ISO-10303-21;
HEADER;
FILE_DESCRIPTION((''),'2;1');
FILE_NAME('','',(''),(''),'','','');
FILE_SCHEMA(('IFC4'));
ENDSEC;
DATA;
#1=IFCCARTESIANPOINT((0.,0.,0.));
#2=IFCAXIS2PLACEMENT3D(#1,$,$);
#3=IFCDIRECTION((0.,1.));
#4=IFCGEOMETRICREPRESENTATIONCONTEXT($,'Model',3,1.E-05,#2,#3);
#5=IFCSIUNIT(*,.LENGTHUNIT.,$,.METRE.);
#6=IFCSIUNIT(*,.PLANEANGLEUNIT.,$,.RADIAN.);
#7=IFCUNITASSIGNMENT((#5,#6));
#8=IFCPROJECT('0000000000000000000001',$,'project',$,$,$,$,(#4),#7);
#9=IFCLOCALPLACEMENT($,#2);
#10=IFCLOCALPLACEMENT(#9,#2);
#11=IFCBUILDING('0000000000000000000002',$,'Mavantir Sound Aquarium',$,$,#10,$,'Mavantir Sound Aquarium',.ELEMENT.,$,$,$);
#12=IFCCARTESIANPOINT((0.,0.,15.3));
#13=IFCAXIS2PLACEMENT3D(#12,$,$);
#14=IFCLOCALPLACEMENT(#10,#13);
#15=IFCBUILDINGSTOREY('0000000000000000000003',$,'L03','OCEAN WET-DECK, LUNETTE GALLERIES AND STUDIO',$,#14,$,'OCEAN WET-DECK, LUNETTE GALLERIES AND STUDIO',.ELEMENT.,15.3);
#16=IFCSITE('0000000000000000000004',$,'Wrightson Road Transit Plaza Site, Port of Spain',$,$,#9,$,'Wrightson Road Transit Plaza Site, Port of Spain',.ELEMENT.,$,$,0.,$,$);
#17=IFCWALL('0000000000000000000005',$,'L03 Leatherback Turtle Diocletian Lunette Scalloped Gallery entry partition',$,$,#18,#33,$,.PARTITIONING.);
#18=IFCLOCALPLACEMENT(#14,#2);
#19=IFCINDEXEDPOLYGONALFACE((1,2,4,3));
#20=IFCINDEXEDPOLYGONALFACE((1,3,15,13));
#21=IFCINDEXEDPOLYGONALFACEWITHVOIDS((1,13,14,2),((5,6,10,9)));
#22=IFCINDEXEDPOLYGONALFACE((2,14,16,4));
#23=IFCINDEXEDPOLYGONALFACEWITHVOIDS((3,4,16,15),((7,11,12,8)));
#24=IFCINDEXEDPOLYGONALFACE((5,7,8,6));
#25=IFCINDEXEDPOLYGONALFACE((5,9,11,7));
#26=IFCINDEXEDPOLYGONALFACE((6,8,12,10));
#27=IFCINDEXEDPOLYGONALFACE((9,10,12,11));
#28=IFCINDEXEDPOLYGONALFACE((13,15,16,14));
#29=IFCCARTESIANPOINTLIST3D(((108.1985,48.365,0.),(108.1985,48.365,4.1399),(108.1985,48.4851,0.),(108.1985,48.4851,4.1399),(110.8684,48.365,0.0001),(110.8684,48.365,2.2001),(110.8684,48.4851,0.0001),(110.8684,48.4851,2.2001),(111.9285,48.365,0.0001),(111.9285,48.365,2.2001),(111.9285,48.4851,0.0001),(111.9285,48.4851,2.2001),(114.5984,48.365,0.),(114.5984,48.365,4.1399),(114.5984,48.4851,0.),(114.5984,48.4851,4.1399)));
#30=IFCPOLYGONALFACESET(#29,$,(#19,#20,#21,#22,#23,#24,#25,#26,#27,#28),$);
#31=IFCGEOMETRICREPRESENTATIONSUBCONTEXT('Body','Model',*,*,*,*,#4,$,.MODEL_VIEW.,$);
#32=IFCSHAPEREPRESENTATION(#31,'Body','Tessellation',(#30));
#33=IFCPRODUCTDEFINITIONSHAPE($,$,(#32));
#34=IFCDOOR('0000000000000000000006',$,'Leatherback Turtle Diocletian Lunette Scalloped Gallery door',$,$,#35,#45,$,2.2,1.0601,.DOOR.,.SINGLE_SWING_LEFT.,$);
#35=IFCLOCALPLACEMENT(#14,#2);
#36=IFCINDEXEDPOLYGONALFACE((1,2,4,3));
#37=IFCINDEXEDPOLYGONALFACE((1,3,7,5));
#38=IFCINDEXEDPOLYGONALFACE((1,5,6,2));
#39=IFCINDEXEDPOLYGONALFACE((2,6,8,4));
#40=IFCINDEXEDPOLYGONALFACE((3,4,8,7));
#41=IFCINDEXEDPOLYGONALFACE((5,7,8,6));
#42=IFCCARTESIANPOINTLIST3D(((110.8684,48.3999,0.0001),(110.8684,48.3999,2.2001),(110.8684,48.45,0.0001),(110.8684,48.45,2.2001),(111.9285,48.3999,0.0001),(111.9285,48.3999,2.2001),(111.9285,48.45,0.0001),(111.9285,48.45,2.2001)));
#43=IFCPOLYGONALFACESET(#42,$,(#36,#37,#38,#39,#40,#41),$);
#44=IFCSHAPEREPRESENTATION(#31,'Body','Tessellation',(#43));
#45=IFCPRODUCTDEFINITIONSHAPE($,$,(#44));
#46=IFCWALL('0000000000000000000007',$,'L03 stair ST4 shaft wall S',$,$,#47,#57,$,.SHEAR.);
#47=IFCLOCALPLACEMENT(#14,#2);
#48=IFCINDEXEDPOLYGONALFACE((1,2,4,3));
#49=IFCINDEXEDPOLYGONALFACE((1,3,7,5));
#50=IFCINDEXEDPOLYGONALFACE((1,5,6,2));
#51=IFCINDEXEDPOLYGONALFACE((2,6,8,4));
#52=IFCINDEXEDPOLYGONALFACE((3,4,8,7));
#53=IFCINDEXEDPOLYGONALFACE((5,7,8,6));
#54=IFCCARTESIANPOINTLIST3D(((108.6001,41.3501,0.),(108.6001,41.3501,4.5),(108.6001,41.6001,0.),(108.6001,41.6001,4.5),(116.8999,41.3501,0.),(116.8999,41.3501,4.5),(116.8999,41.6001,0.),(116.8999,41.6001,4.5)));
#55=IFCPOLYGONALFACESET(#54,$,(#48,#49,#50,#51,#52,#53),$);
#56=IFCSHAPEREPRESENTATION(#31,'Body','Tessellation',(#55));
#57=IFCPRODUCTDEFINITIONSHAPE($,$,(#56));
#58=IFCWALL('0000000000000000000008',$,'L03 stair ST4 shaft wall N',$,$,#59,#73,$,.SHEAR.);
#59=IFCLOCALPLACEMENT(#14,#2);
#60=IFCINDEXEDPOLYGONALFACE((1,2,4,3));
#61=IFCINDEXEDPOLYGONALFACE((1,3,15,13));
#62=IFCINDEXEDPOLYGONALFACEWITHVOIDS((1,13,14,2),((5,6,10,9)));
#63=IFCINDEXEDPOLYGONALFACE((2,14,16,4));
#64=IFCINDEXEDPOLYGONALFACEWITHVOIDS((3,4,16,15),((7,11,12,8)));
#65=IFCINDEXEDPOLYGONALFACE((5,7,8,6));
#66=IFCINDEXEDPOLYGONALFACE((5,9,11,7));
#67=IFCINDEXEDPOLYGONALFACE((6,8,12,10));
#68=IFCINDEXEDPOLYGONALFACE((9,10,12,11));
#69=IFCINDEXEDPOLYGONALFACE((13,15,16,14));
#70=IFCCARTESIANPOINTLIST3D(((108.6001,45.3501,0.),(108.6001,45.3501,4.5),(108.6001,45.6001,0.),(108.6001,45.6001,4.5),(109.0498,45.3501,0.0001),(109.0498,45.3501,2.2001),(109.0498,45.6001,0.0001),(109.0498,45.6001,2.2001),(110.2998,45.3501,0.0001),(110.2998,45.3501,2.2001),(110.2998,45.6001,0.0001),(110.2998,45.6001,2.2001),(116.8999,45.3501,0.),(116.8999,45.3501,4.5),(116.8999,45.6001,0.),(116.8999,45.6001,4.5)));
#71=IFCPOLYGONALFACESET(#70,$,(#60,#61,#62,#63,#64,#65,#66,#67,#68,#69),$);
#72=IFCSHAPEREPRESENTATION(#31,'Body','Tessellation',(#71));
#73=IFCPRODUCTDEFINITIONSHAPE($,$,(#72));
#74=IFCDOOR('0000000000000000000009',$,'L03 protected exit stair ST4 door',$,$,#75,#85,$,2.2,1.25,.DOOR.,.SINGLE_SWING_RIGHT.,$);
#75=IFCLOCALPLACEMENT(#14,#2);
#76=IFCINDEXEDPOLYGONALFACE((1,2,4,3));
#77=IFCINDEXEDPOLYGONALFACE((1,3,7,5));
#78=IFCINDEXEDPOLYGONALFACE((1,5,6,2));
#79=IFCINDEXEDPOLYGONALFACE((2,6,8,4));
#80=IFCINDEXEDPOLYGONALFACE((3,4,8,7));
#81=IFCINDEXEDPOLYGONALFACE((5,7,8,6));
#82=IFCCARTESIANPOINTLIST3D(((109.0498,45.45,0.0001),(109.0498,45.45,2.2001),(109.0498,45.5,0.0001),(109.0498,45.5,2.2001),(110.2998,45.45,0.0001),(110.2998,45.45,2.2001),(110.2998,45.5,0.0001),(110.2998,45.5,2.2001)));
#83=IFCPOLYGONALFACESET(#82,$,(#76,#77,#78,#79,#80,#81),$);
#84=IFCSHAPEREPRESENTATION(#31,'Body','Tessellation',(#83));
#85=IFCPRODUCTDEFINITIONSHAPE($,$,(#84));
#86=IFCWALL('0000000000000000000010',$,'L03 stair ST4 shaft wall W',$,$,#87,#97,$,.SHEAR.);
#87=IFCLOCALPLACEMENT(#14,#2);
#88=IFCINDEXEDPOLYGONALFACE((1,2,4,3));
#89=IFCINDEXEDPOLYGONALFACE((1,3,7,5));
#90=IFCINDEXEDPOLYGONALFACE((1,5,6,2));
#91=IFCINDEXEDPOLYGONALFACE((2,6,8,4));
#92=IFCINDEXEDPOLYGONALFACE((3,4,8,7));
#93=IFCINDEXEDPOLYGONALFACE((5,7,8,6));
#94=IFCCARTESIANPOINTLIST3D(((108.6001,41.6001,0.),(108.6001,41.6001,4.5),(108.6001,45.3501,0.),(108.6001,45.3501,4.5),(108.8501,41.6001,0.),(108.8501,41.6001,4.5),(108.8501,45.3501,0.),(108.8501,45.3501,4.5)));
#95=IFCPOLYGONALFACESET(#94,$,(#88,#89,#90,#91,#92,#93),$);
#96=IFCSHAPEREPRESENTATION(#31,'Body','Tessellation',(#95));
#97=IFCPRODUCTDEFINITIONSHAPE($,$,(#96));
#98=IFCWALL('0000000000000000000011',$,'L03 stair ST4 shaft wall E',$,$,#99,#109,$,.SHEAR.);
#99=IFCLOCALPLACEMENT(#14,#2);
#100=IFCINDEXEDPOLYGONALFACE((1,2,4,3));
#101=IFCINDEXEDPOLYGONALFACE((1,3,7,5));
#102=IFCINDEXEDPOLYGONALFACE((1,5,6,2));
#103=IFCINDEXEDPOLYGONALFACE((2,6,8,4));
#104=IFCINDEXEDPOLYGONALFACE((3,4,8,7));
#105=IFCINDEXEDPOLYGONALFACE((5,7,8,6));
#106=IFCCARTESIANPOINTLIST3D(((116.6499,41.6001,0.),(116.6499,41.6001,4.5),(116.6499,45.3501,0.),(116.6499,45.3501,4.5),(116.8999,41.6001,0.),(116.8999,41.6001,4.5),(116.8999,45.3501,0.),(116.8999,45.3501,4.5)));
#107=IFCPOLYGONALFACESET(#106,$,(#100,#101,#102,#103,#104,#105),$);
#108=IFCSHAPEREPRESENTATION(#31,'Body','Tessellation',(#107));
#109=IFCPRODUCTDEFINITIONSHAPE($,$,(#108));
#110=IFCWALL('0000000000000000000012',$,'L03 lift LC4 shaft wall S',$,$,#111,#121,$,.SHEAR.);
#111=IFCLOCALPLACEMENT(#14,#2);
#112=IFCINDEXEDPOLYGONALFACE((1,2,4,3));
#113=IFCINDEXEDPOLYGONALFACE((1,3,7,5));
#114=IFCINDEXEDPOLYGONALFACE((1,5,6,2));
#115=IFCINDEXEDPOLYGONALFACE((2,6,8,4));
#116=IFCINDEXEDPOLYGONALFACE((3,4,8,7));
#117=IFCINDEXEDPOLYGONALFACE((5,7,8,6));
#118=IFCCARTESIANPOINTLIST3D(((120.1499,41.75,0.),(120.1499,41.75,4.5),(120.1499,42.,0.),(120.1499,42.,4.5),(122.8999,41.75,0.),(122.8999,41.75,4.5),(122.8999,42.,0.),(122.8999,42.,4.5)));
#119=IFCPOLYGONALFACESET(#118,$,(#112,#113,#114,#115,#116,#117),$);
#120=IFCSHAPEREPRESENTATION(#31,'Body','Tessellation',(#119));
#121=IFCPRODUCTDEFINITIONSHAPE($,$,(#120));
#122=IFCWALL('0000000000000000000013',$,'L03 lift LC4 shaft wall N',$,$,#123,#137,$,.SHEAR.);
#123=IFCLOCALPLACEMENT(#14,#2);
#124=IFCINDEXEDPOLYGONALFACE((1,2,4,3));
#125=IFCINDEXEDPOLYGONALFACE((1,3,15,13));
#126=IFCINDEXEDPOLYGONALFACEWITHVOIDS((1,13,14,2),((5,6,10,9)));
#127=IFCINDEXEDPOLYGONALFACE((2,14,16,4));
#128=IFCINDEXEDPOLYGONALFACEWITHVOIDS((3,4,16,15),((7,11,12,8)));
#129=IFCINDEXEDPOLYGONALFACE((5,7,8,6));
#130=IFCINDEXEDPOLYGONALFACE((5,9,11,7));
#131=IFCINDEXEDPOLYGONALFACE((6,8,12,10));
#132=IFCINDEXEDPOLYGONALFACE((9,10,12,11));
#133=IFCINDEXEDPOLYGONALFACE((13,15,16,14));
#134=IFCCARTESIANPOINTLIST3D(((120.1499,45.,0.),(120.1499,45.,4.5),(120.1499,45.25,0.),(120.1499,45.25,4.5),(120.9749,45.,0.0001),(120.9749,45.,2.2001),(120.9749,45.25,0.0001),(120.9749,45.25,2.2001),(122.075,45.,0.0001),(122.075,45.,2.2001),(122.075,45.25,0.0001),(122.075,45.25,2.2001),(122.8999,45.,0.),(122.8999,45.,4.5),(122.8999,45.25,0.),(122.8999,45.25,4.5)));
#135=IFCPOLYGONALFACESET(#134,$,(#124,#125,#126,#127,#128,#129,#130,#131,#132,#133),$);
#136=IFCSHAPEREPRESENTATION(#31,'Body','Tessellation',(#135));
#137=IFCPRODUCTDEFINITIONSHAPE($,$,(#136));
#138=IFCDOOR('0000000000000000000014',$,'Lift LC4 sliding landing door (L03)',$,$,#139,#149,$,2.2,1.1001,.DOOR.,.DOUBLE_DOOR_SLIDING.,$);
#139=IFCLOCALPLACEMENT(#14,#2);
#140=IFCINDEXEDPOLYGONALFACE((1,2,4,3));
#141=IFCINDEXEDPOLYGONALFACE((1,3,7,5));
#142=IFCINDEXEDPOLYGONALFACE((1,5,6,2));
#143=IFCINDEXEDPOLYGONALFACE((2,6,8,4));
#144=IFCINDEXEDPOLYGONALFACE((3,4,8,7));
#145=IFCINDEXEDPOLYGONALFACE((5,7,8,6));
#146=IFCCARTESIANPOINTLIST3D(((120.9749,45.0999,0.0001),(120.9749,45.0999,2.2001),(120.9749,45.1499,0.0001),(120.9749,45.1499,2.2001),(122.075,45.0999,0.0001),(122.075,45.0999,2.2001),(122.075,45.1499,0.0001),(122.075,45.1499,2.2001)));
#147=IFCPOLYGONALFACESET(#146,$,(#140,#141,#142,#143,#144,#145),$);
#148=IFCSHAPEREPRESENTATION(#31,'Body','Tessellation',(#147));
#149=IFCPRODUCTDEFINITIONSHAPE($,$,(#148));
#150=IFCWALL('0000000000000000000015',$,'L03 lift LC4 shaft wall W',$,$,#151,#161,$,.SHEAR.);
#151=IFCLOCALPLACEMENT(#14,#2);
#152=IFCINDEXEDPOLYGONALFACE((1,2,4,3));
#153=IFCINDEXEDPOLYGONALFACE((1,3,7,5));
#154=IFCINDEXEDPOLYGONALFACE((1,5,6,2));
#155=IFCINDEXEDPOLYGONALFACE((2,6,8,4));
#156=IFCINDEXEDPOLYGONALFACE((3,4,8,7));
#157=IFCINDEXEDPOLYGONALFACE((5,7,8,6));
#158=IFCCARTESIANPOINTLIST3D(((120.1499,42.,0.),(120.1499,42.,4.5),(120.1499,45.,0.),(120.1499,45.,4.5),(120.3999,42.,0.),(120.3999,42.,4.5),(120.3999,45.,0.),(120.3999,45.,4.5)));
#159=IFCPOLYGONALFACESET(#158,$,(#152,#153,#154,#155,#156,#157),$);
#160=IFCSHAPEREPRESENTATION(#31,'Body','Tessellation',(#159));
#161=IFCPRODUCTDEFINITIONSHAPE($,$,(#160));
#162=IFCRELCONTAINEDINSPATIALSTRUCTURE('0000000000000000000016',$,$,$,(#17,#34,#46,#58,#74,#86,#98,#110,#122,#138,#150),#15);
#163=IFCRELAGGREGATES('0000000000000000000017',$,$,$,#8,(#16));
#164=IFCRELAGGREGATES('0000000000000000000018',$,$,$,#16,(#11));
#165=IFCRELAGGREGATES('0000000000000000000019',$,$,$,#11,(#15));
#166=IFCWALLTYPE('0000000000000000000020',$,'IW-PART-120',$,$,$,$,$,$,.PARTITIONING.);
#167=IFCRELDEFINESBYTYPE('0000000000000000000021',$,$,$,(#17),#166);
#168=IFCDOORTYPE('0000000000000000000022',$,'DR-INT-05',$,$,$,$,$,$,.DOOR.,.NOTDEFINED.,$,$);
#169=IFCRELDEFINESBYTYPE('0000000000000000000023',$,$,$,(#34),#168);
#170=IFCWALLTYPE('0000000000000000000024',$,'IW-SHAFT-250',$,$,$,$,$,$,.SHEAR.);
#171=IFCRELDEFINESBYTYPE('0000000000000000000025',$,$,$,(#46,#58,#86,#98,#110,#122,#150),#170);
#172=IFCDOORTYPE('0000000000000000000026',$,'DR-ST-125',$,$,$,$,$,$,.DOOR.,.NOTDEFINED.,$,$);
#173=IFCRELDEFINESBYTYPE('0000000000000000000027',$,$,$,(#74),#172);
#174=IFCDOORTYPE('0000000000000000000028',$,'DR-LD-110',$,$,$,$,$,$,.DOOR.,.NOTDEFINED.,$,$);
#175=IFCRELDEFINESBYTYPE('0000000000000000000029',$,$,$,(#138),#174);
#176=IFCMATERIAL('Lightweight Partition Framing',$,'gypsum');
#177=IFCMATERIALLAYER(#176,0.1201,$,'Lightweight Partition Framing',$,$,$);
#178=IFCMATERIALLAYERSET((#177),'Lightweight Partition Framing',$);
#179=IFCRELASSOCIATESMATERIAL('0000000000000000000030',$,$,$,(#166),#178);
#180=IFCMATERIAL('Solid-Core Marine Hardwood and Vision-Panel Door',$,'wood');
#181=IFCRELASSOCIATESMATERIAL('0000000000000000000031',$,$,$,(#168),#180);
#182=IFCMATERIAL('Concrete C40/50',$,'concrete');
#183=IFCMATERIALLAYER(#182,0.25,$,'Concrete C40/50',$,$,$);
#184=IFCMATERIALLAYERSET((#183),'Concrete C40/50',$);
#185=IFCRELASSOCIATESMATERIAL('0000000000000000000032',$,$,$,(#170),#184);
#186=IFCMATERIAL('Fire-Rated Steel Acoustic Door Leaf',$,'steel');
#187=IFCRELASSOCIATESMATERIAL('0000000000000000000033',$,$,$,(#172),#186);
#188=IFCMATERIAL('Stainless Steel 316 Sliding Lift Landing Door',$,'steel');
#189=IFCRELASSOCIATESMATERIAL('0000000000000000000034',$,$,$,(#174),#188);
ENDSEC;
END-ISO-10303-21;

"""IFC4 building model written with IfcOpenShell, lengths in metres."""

from ifc_helpers import new_model, si_unit, direction, frame, frame_2d, origin, place, context, subcontext, project, spatial, rectangle, extrude, material, layer, layer_set, type_object, element, fill, save


model = new_model("IFC4")

# Units and contexts
model_context = context("Model", 3, precision=1e-05, world=origin(), true_north=direction((0.0, 1.0)))
body_context = subcontext(model_context, "Body", "Model", "MODEL_VIEW")
ifc_project = project(units=[si_unit("LENGTHUNIT", "METRE"), si_unit("PLANEANGLEUNIT", "RADIAN")], contexts=[model_context])

# Site, building, storey
site_placement = place(None, origin())
site = spatial("IfcSite", under=ifc_project, at=site_placement, Name="Wrightson Road Transit Plaza Site, Port of Spain", LongName="Wrightson Road Transit Plaza Site, Port of Spain", CompositionType="ELEMENT", RefElevation=0.0)
building_placement = place(site_placement, origin())
building = spatial("IfcBuilding", under=site, at=building_placement, Name="Mavantir Sound Aquarium", LongName="Mavantir Sound Aquarium", CompositionType="ELEMENT")
storey_placement = place(building_placement, frame((0.0, 0.0, 15.3)))
storey = spatial("IfcBuildingStorey", under=building, at=storey_placement, Name="L03", Description="OCEAN WET-DECK, LUNETTE GALLERIES AND STUDIO", LongName="OCEAN WET-DECK, LUNETTE GALLERIES AND STUDIO", CompositionType="ELEMENT", Elevation=15.3)

# Shared definitions
ifc_material_1 = material(Name="Concrete C40/50", Category="concrete")

# Wall, opening, door
ifc_material_2 = material(Name="Lightweight Partition Framing", Category="gypsum")
ifc_layer_1 = layer(ifc_material_2, 0.1201, Name="Lightweight Partition Framing")
ifc_layer_set_1 = layer_set([ifc_layer_1], Name="Lightweight Partition Framing")
wall_type_1 = type_object("IfcWallType", Name="IW-PART-120", PredefinedType="PARTITIONING", material=ifc_layer_set_1)
wall_1_placement = place(storey_placement, frame((108.1985, 48.425, 0.0), z_axis=(0.0, 0.0, 1.0), x_axis=(1.0, 0.0, 0.0)))
wall_1 = element("IfcWall", 1, at=wall_1_placement, inside=storey, type_object=wall_type_1, Name="L03 Leatherback Turtle Diocletian Lunette Scalloped Gallery entry partition", PredefinedType="PARTITIONING", context=body_context, shape_type="SweptSolid", body=[
    extrude(rectangle(XDim=6.3999, YDim=0.1201, at=frame_2d((3.2, 0.0))), origin(), (0.0, 0.0, 1.0), 4.1399),
])
opening_1_placement = place(wall_1_placement, frame((2.6699, 0.0, 0.0)))
opening_1 = element("IfcOpeningElement", 2, at=opening_1_placement, cuts=wall_1, PredefinedType="OPENING", context=body_context, shape_type="SweptSolid", body=[
    extrude(rectangle(XDim=1.0601, YDim=2.2, at=frame_2d((0.53, 1.1001))), frame((0.0, 0.0701, 0.0), z_axis=(0.0, -1.0, 0.0), x_axis=(1.0, 0.0, 0.0)), (0.0, 0.0, 1.0), 0.1401),
])
ifc_material_3 = material(Name="Solid-Core Marine Hardwood and Vision-Panel Door", Category="wood")
door_type_1 = type_object("IfcDoorType", Name="DR-INT-05", OperationType="NOTDEFINED", PredefinedType="DOOR", material=ifc_material_3)
door_1_placement = place(opening_1_placement, origin())
door_1 = element("IfcDoor", 3, at=door_1_placement, inside=storey, type_object=door_type_1, Name="Leatherback Turtle Diocletian Lunette Scalloped Gallery door", OperationType="SINGLE_SWING_LEFT", OverallHeight=2.2, OverallWidth=1.0601, PredefinedType="DOOR", context=body_context, shape_type="SweptSolid", body=[
    extrude(rectangle(XDim=1.0601, YDim=2.2, at=frame_2d((0.53, 1.1001))), frame((0.0, 0.0249, 0.0), z_axis=(0.0, -1.0, 0.0), x_axis=(1.0, 0.0, 0.0)), (0.0, 0.0, 1.0), 0.05),
])
fill(opening_1, door_1)

# Wall
ifc_layer_2 = layer(ifc_material_1, 0.25, Name="Concrete C40/50")
ifc_layer_set_2 = layer_set([ifc_layer_2], Name="Concrete C40/50")
wall_type_2 = type_object("IfcWallType", Name="IW-SHAFT-250", PredefinedType="SHEAR", material=ifc_layer_set_2)
wall_2_placement = place(storey_placement, frame((108.6001, 41.4751, 0.0), z_axis=(0.0, 0.0, 1.0), x_axis=(1.0, 0.0, 0.0)))
element("IfcWall", 4, at=wall_2_placement, inside=storey, type_object=wall_type_2, Name="L03 stair ST4 shaft wall S", PredefinedType="SHEAR", context=body_context, shape_type="SweptSolid", body=[
    extrude(rectangle(XDim=8.2998, YDim=0.25, at=frame_2d((4.1499, 0.0))), origin(), (0.0, 0.0, 1.0), 4.5),
])

# Wall, opening, door
wall_3_placement = place(storey_placement, frame((116.8999, 45.4751, 0.0), z_axis=(0.0, 0.0, 1.0), x_axis=(-1.0, 0.0, 0.0)))
wall_3 = element("IfcWall", 5, at=wall_3_placement, inside=storey, type_object=wall_type_2, Name="L03 stair ST4 shaft wall N", PredefinedType="SHEAR", context=body_context, shape_type="SweptSolid", body=[
    extrude(rectangle(XDim=8.2998, YDim=0.25, at=frame_2d((4.1499, 0.0))), origin(), (0.0, 0.0, 1.0), 4.5),
])
opening_2_placement = place(wall_3_placement, frame((7.8501, 0.0, 0.0), z_axis=(0.0, 0.0, 1.0), x_axis=(-1.0, 0.0, 0.0)))
opening_2 = element("IfcOpeningElement", 6, at=opening_2_placement, cuts=wall_3, PredefinedType="OPENING", context=body_context, shape_type="SweptSolid", body=[
    extrude(rectangle(XDim=1.25, YDim=2.2, at=frame_2d((0.625, 1.1001))), frame((0.0, 0.135, 0.0), z_axis=(0.0, -1.0, 0.0), x_axis=(1.0, 0.0, 0.0)), (0.0, 0.0, 1.0), 0.27),
])
ifc_material_4 = material(Name="Fire-Rated Steel Acoustic Door Leaf", Category="steel")
door_type_2 = type_object("IfcDoorType", Name="DR-ST-125", OperationType="NOTDEFINED", PredefinedType="DOOR", material=ifc_material_4)
door_2_placement = place(opening_2_placement, origin())
door_2 = element("IfcDoor", 7, at=door_2_placement, inside=storey, type_object=door_type_2, Name="L03 protected exit stair ST4 door", OperationType="SINGLE_SWING_RIGHT", OverallHeight=2.2, OverallWidth=1.25, PredefinedType="DOOR", context=body_context, shape_type="SweptSolid", body=[
    extrude(rectangle(XDim=1.25, YDim=2.2, at=frame_2d((0.625, 1.1001))), frame((0.0, 0.0249, 0.0), z_axis=(0.0, -1.0, 0.0), x_axis=(1.0, 0.0, 0.0)), (0.0, 0.0, 1.0), 0.05),
])
fill(opening_2, door_2)

# Walls
for number, where, z_axis, x_axis, name in (
    (8, (108.7251, 45.3501, 0.0), (0.0, 0.0, 1.0), (0.0, -1.0, 0.0), "L03 stair ST4 shaft wall W"),
    (9, (116.7749, 41.6001, 0.0), (0.0, 0.0, 1.0), (0.0, 1.0, 0.0), "L03 stair ST4 shaft wall E"),
):
    element("IfcWall", number, at=place(storey_placement, frame(where, z_axis=z_axis, x_axis=x_axis)), inside=storey, type_object=wall_type_2, Name=name, PredefinedType="SHEAR", context=body_context, shape_type="SweptSolid", body=[
        extrude(rectangle(XDim=3.75, YDim=0.25, at=frame_2d((1.875, 0.0))), origin(), (0.0, 0.0, 1.0), 4.5),
    ])
wall_4_placement = place(storey_placement, frame((120.1499, 41.875, 0.0), z_axis=(0.0, 0.0, 1.0), x_axis=(1.0, 0.0, 0.0)))
element("IfcWall", 10, at=wall_4_placement, inside=storey, type_object=wall_type_2, Name="L03 lift LC4 shaft wall S", PredefinedType="SHEAR", context=body_context, shape_type="SweptSolid", body=[
    extrude(rectangle(XDim=2.75, YDim=0.25, at=frame_2d((1.375, 0.0))), origin(), (0.0, 0.0, 1.0), 4.5),
])

# Wall, opening, door
wall_5_placement = place(storey_placement, frame((120.1499, 45.125, 0.0), z_axis=(0.0, 0.0, 1.0), x_axis=(1.0, 0.0, 0.0)))
wall_5 = element("IfcWall", 11, at=wall_5_placement, inside=storey, type_object=wall_type_2, Name="L03 lift LC4 shaft wall N", PredefinedType="SHEAR", context=body_context, shape_type="SweptSolid", body=[
    extrude(rectangle(XDim=2.75, YDim=0.25, at=frame_2d((1.375, 0.0))), origin(), (0.0, 0.0, 1.0), 4.5),
])
opening_3_placement = place(wall_5_placement, frame((0.825, 0.0, 0.0)))
opening_3 = element("IfcOpeningElement", 12, at=opening_3_placement, cuts=wall_5, PredefinedType="OPENING", context=body_context, shape_type="SweptSolid", body=[
    extrude(rectangle(XDim=1.1001, YDim=2.2, at=frame_2d((0.55, 1.1001))), frame((0.0, 0.135, 0.0), z_axis=(0.0, -1.0, 0.0), x_axis=(1.0, 0.0, 0.0)), (0.0, 0.0, 1.0), 0.27),
])
ifc_material_5 = material(Name="Stainless Steel 316 Sliding Lift Landing Door", Category="steel")
door_type_3 = type_object("IfcDoorType", Name="DR-LD-110", OperationType="NOTDEFINED", PredefinedType="DOOR", material=ifc_material_5)
door_3_placement = place(opening_3_placement, origin())
door_3 = element("IfcDoor", 13, at=door_3_placement, inside=storey, type_object=door_type_3, Name="Lift LC4 sliding landing door (L03)", OperationType="DOUBLE_DOOR_SLIDING", OverallHeight=2.2, OverallWidth=1.1001, PredefinedType="DOOR", context=body_context, shape_type="SweptSolid", body=[
    extrude(rectangle(XDim=1.1001, YDim=2.2, at=frame_2d((0.55, 1.1001))), frame((0.0, 0.0249, 0.0), z_axis=(0.0, -1.0, 0.0), x_axis=(1.0, 0.0, 0.0)), (0.0, 0.0, 1.0), 0.05),
])
fill(opening_3, door_3)

# Wall
wall_6_placement = place(storey_placement, frame((120.2749, 42.0, 0.0), z_axis=(0.0, 0.0, 1.0), x_axis=(0.0, 1.0, 0.0)))
element("IfcWall", 14, at=wall_6_placement, inside=storey, type_object=wall_type_2, Name="L03 lift LC4 shaft wall W", PredefinedType="SHEAR", context=body_context, shape_type="SweptSolid", body=[
    extrude(rectangle(XDim=3.0, YDim=0.25, at=frame_2d((1.5, 0.0))), origin(), (0.0, 0.0, 1.0), 4.5),
])

save(model, "model.ifc")
